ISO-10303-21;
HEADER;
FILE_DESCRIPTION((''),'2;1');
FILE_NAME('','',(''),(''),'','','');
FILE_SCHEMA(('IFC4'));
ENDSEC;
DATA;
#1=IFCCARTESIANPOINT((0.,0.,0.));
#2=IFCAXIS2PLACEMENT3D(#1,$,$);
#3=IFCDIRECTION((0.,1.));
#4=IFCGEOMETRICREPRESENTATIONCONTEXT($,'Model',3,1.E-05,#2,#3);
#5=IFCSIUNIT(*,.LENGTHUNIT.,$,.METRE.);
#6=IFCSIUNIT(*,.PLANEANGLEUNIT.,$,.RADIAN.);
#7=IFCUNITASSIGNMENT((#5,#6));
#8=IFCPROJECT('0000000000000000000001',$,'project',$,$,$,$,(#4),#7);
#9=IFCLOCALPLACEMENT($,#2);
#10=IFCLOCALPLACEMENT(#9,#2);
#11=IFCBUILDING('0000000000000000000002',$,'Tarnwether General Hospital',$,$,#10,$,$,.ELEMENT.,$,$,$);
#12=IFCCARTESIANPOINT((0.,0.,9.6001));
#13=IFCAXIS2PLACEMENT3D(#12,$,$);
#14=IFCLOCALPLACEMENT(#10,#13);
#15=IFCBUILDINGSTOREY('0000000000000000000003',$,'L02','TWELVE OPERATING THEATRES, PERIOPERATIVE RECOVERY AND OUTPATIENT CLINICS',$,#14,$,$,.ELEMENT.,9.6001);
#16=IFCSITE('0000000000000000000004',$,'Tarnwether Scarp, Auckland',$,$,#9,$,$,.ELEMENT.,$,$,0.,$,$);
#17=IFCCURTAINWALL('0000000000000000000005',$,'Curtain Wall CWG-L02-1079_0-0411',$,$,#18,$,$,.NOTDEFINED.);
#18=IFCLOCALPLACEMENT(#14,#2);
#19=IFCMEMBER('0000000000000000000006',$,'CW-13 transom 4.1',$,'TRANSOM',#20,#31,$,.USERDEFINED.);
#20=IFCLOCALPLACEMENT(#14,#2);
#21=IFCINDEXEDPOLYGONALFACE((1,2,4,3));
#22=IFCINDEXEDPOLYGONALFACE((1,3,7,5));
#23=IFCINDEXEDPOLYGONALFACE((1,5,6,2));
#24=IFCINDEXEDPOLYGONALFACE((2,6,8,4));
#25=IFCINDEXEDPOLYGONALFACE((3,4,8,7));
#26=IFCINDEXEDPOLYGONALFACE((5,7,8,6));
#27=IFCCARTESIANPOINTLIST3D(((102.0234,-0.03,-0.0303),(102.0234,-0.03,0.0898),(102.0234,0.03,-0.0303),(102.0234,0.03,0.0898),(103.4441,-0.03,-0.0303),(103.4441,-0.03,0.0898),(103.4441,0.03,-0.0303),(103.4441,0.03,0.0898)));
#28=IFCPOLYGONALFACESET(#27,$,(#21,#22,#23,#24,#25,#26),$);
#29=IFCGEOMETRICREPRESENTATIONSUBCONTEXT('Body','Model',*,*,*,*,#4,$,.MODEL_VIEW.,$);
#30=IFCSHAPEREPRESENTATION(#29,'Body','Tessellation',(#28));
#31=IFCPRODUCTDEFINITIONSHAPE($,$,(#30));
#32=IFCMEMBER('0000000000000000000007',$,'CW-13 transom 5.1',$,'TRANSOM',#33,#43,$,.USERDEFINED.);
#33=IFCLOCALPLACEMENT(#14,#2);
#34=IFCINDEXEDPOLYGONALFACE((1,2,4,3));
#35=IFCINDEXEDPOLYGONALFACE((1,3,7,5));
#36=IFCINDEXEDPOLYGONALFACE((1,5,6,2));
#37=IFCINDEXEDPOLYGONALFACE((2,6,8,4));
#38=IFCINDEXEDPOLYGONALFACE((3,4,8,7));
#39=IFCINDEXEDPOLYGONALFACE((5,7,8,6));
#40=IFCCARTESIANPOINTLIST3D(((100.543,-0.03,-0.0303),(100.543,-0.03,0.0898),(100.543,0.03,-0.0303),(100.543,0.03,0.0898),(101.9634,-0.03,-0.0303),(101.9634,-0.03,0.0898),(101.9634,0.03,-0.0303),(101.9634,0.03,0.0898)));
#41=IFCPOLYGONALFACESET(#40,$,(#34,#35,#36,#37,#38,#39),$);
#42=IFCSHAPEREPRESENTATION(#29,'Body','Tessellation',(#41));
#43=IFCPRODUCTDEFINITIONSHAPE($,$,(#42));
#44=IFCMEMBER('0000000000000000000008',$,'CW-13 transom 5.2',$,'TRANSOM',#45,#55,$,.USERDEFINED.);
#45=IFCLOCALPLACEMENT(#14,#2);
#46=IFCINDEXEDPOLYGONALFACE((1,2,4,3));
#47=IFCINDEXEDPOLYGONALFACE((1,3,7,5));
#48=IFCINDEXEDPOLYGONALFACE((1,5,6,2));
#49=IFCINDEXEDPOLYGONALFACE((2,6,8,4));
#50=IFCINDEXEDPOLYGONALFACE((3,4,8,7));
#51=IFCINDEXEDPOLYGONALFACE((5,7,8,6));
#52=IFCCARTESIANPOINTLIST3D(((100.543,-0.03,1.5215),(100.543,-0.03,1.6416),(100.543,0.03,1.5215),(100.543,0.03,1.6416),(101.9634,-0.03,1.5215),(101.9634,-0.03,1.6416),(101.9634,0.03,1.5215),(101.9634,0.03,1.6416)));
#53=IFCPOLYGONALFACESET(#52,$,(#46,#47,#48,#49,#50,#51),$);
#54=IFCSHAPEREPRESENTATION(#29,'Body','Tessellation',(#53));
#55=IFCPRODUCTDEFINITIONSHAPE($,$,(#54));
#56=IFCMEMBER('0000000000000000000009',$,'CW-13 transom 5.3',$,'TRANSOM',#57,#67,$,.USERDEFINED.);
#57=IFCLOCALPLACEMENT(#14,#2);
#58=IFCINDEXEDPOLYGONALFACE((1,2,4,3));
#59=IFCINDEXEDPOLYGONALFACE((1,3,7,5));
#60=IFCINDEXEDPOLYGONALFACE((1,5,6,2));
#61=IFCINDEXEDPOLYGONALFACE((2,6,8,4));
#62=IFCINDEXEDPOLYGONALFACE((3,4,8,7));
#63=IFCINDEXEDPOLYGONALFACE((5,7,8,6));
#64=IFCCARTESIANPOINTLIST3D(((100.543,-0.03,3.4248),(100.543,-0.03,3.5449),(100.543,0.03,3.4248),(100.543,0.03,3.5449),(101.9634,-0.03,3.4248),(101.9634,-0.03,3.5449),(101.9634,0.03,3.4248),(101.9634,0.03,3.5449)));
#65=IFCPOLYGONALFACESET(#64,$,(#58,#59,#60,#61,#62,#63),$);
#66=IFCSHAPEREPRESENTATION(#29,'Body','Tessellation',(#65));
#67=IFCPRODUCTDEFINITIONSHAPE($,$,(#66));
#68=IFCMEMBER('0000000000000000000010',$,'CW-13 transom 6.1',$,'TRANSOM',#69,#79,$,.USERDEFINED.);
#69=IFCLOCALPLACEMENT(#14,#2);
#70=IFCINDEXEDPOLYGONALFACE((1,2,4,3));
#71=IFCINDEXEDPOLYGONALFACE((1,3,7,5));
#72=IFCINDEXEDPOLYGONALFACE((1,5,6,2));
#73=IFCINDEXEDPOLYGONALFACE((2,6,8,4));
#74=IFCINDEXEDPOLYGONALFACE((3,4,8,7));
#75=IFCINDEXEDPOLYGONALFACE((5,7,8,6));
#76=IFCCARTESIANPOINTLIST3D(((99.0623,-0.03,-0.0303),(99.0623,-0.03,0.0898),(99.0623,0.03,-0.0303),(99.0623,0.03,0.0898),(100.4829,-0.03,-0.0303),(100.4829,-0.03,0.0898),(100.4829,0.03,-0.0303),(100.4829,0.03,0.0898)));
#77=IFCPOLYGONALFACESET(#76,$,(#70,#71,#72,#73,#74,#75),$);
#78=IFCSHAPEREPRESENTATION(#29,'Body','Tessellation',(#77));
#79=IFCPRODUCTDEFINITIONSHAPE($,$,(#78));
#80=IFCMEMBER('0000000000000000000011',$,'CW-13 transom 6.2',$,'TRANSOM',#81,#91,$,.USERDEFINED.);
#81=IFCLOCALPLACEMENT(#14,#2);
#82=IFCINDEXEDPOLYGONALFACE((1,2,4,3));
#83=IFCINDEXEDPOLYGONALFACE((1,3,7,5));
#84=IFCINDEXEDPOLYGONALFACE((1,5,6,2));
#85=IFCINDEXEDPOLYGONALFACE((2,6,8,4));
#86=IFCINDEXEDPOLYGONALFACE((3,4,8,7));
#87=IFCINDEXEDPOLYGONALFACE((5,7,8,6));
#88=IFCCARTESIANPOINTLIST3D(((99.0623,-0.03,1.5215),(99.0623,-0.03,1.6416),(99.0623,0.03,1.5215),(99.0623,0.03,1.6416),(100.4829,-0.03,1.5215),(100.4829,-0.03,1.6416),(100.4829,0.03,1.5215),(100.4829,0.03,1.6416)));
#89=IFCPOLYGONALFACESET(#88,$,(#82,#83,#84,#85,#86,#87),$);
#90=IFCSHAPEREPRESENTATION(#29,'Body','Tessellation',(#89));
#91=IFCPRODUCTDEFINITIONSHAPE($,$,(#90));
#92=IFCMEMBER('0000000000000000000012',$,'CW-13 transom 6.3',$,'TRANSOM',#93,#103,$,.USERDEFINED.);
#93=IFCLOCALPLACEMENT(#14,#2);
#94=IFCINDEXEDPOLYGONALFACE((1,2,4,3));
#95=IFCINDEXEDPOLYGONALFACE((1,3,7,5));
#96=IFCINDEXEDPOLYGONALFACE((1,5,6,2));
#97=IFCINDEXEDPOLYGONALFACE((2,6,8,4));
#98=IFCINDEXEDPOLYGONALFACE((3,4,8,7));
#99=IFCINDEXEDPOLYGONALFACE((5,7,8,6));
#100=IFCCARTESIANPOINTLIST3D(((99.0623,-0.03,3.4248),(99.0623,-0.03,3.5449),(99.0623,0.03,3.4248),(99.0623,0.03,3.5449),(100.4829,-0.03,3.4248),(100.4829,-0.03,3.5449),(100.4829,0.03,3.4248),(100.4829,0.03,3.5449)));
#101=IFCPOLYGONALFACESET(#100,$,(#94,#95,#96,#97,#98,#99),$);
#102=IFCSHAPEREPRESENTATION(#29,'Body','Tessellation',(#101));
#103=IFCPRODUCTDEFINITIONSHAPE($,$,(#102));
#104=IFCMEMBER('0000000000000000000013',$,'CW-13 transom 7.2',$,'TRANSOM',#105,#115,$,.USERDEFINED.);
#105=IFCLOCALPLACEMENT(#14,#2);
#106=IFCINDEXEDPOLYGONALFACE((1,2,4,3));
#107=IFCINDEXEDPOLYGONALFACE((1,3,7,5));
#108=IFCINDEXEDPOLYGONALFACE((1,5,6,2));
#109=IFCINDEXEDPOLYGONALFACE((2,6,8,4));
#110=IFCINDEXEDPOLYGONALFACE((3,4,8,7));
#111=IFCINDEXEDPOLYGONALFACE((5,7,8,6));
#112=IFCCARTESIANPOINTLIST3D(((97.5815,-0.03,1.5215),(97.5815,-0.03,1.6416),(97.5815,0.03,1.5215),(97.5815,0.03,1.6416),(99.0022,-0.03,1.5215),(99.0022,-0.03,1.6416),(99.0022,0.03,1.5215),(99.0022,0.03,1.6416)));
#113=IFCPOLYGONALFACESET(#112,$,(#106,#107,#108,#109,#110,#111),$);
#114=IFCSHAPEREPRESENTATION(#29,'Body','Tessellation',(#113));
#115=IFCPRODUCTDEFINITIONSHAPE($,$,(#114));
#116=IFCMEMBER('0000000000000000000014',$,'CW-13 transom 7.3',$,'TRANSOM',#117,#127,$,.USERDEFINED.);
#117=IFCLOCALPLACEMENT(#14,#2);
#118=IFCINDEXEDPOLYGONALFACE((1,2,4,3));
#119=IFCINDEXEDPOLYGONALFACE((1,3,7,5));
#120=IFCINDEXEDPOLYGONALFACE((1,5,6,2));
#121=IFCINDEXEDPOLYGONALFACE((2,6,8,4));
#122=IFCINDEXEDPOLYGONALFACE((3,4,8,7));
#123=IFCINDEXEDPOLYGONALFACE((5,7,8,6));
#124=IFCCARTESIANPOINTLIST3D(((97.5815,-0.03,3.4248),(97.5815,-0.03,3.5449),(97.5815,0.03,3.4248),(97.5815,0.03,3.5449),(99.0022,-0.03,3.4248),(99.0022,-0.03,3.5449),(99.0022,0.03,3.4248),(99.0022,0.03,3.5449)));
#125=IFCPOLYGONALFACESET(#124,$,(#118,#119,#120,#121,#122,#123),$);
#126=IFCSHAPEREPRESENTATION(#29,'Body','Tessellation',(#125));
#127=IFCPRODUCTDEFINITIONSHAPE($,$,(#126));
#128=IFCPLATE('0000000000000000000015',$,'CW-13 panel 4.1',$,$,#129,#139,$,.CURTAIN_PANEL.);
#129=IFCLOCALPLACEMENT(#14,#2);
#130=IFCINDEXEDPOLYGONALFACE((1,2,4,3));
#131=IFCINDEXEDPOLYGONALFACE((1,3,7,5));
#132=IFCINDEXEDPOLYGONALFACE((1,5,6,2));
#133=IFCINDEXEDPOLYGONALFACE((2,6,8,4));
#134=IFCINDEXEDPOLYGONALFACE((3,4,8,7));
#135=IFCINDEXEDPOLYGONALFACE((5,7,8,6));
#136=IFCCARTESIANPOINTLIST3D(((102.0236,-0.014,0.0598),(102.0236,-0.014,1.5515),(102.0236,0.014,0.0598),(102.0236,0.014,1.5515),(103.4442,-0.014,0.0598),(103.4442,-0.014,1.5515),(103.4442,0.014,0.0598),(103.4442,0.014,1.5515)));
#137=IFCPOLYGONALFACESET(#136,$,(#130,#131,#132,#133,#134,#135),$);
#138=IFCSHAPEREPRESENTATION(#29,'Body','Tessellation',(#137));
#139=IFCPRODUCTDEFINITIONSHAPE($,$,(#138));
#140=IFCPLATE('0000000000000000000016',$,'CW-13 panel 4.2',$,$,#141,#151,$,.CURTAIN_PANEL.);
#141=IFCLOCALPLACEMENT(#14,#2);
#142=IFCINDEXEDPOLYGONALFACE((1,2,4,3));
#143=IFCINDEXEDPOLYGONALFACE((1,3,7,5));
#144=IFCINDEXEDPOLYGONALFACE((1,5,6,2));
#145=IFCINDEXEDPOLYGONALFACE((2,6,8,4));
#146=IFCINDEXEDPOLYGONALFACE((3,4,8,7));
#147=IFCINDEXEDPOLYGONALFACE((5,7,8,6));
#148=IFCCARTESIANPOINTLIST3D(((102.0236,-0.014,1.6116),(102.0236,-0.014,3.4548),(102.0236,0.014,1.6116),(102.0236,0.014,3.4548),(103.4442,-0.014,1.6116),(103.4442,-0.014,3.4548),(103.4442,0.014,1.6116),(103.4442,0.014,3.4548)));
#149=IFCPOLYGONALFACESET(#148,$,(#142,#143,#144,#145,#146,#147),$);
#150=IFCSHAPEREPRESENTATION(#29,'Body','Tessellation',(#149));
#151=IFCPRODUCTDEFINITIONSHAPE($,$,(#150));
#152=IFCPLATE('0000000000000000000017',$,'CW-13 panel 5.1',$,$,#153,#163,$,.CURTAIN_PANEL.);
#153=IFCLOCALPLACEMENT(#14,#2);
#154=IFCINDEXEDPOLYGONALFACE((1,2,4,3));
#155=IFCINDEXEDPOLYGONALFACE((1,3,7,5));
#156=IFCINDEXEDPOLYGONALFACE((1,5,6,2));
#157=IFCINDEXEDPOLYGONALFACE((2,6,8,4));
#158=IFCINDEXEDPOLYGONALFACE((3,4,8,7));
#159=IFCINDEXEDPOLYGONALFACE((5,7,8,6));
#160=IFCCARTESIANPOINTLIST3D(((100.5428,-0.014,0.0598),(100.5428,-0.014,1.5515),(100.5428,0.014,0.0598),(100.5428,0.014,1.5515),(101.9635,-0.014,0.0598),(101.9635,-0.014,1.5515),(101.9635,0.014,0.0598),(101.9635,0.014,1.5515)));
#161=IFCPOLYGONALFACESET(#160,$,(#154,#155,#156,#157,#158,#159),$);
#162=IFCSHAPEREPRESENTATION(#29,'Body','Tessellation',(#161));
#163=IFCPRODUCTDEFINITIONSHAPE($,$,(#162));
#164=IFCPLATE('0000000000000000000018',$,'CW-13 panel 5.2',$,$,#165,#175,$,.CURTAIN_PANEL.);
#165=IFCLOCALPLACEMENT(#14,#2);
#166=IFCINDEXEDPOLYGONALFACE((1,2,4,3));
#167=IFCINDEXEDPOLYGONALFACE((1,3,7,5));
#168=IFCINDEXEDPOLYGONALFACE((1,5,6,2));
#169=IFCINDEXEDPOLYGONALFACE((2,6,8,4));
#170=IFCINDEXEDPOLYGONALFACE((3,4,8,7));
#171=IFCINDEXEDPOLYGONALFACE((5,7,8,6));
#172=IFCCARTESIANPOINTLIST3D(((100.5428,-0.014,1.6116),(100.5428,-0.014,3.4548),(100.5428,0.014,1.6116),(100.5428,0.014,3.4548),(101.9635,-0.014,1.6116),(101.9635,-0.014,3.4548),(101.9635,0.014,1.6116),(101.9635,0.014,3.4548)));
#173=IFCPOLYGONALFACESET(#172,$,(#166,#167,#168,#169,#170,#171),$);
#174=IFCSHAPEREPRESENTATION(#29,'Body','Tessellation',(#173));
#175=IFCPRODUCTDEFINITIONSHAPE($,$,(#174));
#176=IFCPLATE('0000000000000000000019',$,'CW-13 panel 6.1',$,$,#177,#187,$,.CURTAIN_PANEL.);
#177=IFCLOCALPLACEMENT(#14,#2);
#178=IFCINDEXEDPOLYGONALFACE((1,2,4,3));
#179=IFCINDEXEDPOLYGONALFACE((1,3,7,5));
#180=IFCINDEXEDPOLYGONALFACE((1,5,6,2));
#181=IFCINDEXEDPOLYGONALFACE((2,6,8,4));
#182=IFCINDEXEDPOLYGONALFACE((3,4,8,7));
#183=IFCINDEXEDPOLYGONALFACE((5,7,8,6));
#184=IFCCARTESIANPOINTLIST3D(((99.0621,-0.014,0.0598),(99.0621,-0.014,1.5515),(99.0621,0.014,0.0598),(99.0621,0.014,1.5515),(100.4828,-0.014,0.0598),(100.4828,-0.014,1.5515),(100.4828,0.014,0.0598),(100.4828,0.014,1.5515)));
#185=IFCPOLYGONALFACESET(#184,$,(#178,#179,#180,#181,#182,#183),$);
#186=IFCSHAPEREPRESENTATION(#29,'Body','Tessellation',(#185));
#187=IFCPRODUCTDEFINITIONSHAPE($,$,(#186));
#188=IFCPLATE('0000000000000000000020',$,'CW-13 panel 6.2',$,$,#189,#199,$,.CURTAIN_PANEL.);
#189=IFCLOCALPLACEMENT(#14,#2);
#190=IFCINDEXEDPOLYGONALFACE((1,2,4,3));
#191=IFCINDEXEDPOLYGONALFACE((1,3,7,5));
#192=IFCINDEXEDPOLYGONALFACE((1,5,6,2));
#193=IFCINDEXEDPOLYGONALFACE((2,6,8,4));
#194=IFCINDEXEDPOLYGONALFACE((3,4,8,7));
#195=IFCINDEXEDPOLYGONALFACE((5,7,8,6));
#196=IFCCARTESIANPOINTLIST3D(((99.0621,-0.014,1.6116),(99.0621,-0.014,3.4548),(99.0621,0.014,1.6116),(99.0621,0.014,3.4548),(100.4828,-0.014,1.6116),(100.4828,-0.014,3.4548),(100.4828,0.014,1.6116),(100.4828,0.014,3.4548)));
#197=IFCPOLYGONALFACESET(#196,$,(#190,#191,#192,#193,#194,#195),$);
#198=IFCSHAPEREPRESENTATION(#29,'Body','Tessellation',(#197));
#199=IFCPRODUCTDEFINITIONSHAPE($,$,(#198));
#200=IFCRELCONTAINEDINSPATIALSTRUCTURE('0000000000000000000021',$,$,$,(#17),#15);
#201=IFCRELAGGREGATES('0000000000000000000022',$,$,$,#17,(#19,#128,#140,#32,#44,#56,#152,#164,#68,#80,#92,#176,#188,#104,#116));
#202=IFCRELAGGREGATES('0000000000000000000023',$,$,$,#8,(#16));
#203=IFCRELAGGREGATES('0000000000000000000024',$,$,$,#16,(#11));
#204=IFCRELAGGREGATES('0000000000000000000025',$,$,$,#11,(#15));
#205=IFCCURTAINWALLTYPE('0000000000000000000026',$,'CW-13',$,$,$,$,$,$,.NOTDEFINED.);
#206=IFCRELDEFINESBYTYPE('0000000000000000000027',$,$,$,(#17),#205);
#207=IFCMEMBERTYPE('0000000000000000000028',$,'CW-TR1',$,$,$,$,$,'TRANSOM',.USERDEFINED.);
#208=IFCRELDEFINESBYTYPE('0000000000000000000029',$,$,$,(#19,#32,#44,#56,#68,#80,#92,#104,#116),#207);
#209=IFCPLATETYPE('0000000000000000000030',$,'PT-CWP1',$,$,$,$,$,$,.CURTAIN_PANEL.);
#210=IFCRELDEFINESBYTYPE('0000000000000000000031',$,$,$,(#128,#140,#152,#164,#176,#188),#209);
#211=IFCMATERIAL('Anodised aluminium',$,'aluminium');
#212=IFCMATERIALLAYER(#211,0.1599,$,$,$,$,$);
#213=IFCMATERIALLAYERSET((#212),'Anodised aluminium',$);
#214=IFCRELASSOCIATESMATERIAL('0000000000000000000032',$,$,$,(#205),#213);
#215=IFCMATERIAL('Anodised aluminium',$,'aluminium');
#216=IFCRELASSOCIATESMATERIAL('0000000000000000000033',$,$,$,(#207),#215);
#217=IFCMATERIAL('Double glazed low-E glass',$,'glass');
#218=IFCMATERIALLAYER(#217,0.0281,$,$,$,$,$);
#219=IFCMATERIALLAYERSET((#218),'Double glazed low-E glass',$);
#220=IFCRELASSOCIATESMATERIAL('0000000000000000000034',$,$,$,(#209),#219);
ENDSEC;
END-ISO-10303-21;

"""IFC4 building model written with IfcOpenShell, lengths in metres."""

from ifc_helpers import new_model, si_unit, direction, frame, origin, origin_2d, place, context, subcontext, project, spatial, rectangle, extrude, material, layer, layer_set, material_profile, profile_set, type_object, element, aggregate, save


model = new_model("IFC4")

# Units and contexts
model_context = context("Model", 3, precision=1e-05, world=origin(), true_north=direction((0.0, 1.0)))
body_context = subcontext(model_context, "Body", "Model", "MODEL_VIEW")
ifc_project = project(units=[si_unit("LENGTHUNIT", "METRE"), si_unit("PLANEANGLEUNIT", "RADIAN")], contexts=[model_context])

# Site, building, storey
site_placement = place(None, origin())
site = spatial("IfcSite", under=ifc_project, at=site_placement, Name="Tarnwether Scarp, Auckland", CompositionType="ELEMENT", RefElevation=0.0)
building_placement = place(site_placement, origin())
building = spatial("IfcBuilding", under=site, at=building_placement, Name="Tarnwether General Hospital", CompositionType="ELEMENT")
storey_placement = place(building_placement, frame((0.0, 0.0, 9.6001)))
storey = spatial("IfcBuildingStorey", under=building, at=storey_placement, Name="L02", Description="TWELVE OPERATING THEATRES, PERIOPERATIVE RECOVERY AND OUTPATIENT CLINICS", CompositionType="ELEMENT", Elevation=9.6001)

# Curtain wall, members, plates
ifc_material_1 = material(Name="Anodised aluminium", Category="aluminium")
ifc_layer_1 = layer(ifc_material_1, 0.1599)
ifc_layer_set_1 = layer_set([ifc_layer_1], Name="Anodised aluminium")
curtain_wall_type = type_object("IfcCurtainWallType", Name="CW-13", PredefinedType="NOTDEFINED", material=ifc_layer_set_1)
curtain_wall_placement = place(storey_placement, origin())
curtain_wall = element("IfcCurtainWall", 1, at=curtain_wall_placement, inside=storey, type_object=curtain_wall_type, Name="Curtain Wall CWG-L02-1079_0-0411", PredefinedType="NOTDEFINED")
ifc_material_2 = material(Name="Anodised aluminium", Category="aluminium")
ifc_material_profile_1 = material_profile(ifc_material_2, rectangle(XDim=0.0601, YDim=0.1201, at=origin_2d()), Name="ALU-TRN-60x120")
ifc_profile_set_1 = profile_set([ifc_material_profile_1], Name="Anodised aluminium")
member_type_1 = type_object("IfcMemberType", Name="CW-TR1", ElementType="TRANSOM", PredefinedType="USERDEFINED", material=ifc_profile_set_1)
member_1_placement = place(storey_placement, frame((103.4441, 0.0, 0.0298), z_axis=(-1.0, 0.0, 0.0), x_axis=(0.0, -1.0, 0.0)))
member_1 = element("IfcMember", 2, at=member_1_placement, type_object=member_type_1, Name="CW-13 transom 4.1", ObjectType="TRANSOM", PredefinedType="USERDEFINED", context=body_context, shape_type="SweptSolid", body=[
    extrude(rectangle(XDim=0.0601, YDim=0.1201, at=origin_2d()), origin(), (0.0, 0.0, 1.0), 1.4207),
])
member_2_placement = place(storey_placement, frame((101.9634, 0.0, 0.0298), z_axis=(-1.0, 0.0, 0.0), x_axis=(0.0, -1.0, 0.0)))
member_2 = element("IfcMember", 3, at=member_2_placement, type_object=member_type_1, Name="CW-13 transom 5.1", ObjectType="TRANSOM", PredefinedType="USERDEFINED", context=body_context, shape_type="SweptSolid", body=[
    extrude(rectangle(XDim=0.0601, YDim=0.1201, at=origin_2d()), origin(), (0.0, 0.0, 1.0), 1.4204),
])
member_3_placement = place(storey_placement, frame((101.9634, 0.0, 1.5815), z_axis=(-1.0, 0.0, 0.0), x_axis=(0.0, -1.0, 0.0)))
member_3 = element("IfcMember", 4, at=member_3_placement, type_object=member_type_1, Name="CW-13 transom 5.2", ObjectType="TRANSOM", PredefinedType="USERDEFINED", context=body_context, shape_type="SweptSolid", body=[
    extrude(rectangle(XDim=0.0601, YDim=0.1201, at=origin_2d()), origin(), (0.0, 0.0, 1.0), 1.4204),
])
member_4_placement = place(storey_placement, frame((101.9634, 0.0, 3.4849), z_axis=(-1.0, 0.0, 0.0), x_axis=(0.0, -1.0, 0.0)))
member_4 = element("IfcMember", 5, at=member_4_placement, type_object=member_type_1, Name="CW-13 transom 5.3", ObjectType="TRANSOM", PredefinedType="USERDEFINED", context=body_context, shape_type="SweptSolid", body=[
    extrude(rectangle(XDim=0.0601, YDim=0.1201, at=origin_2d()), origin(), (0.0, 0.0, 1.0), 1.4204),
])
member_5_placement = place(storey_placement, frame((100.4829, 0.0, 0.0298), z_axis=(-1.0, 0.0, 0.0), x_axis=(0.0, -1.0, 0.0)))
member_5 = element("IfcMember", 6, at=member_5_placement, type_object=member_type_1, Name="CW-13 transom 6.1", ObjectType="TRANSOM", PredefinedType="USERDEFINED", context=body_context, shape_type="SweptSolid", body=[
    extrude(rectangle(XDim=0.0601, YDim=0.1201, at=origin_2d()), origin(), (0.0, 0.0, 1.0), 1.4207),
])
member_6_placement = place(storey_placement, frame((100.4829, 0.0, 1.5815), z_axis=(-1.0, 0.0, 0.0), x_axis=(0.0, -1.0, 0.0)))
member_6 = element("IfcMember", 7, at=member_6_placement, type_object=member_type_1, Name="CW-13 transom 6.2", ObjectType="TRANSOM", PredefinedType="USERDEFINED", context=body_context, shape_type="SweptSolid", body=[
    extrude(rectangle(XDim=0.0601, YDim=0.1201, at=origin_2d()), origin(), (0.0, 0.0, 1.0), 1.4207),
])
member_7_placement = place(storey_placement, frame((100.4829, 0.0, 3.4849), z_axis=(-1.0, 0.0, 0.0), x_axis=(0.0, -1.0, 0.0)))
member_7 = element("IfcMember", 8, at=member_7_placement, type_object=member_type_1, Name="CW-13 transom 6.3", ObjectType="TRANSOM", PredefinedType="USERDEFINED", context=body_context, shape_type="SweptSolid", body=[
    extrude(rectangle(XDim=0.0601, YDim=0.1201, at=origin_2d()), origin(), (0.0, 0.0, 1.0), 1.4207),
])
member_8_placement = place(storey_placement, frame((99.0022, 0.0, 1.5815), z_axis=(-1.0, 0.0, 0.0), x_axis=(0.0, -1.0, 0.0)))
member_8 = element("IfcMember", 9, at=member_8_placement, type_object=member_type_1, Name="CW-13 transom 7.2", ObjectType="TRANSOM", PredefinedType="USERDEFINED", context=body_context, shape_type="SweptSolid", body=[
    extrude(rectangle(XDim=0.0601, YDim=0.1201, at=origin_2d()), origin(), (0.0, 0.0, 1.0), 1.4207),
])
member_9_placement = place(storey_placement, frame((99.0022, 0.0, 3.4849), z_axis=(-1.0, 0.0, 0.0), x_axis=(0.0, -1.0, 0.0)))
member_9 = element("IfcMember", 10, at=member_9_placement, type_object=member_type_1, Name="CW-13 transom 7.3", ObjectType="TRANSOM", PredefinedType="USERDEFINED", context=body_context, shape_type="SweptSolid", body=[
    extrude(rectangle(XDim=0.0601, YDim=0.1201, at=origin_2d()), origin(), (0.0, 0.0, 1.0), 1.4207),
])
ifc_material_3 = material(Name="Double glazed low-E glass", Category="glass")
ifc_layer_2 = layer(ifc_material_3, 0.0281)
ifc_layer_set_2 = layer_set([ifc_layer_2], Name="Double glazed low-E glass")
plate_type_1 = type_object("IfcPlateType", Name="PT-CWP1", PredefinedType="CURTAIN_PANEL", material=ifc_layer_set_2)
plate_1_placement = place(storey_placement, frame((102.7339, 0.0, 0.0598), z_axis=(0.0, 0.0, 1.0), x_axis=(-1.0, 0.0, 0.0)))
plate_1 = element("IfcPlate", 11, at=plate_1_placement, type_object=plate_type_1, Name="CW-13 panel 4.1", PredefinedType="CURTAIN_PANEL", context=body_context, shape_type="SweptSolid", body=[
    extrude(rectangle(XDim=1.4207, YDim=0.0281, at=origin_2d()), origin(), (0.0, 0.0, 1.0), 1.4917),
])
plate_2_placement = place(storey_placement, frame((102.7339, 0.0, 1.6116), z_axis=(0.0, 0.0, 1.0), x_axis=(-1.0, 0.0, 0.0)))
plate_2 = element("IfcPlate", 12, at=plate_2_placement, type_object=plate_type_1, Name="CW-13 panel 4.2", PredefinedType="CURTAIN_PANEL", context=body_context, shape_type="SweptSolid", body=[
    extrude(rectangle(XDim=1.4207, YDim=0.0281, at=origin_2d()), origin(), (0.0, 0.0, 1.0), 1.8433),
])
plate_3_placement = place(storey_placement, frame((101.2532, 0.0, 0.0598), z_axis=(0.0, 0.0, 1.0), x_axis=(-1.0, 0.0, 0.0)))
plate_3 = element("IfcPlate", 13, at=plate_3_placement, type_object=plate_type_1, Name="CW-13 panel 5.1", PredefinedType="CURTAIN_PANEL", context=body_context, shape_type="SweptSolid", body=[
    extrude(rectangle(XDim=1.4207, YDim=0.0281, at=origin_2d()), origin(), (0.0, 0.0, 1.0), 1.4917),
])
plate_4_placement = place(storey_placement, frame((101.2532, 0.0, 1.6116), z_axis=(0.0, 0.0, 1.0), x_axis=(-1.0, 0.0, 0.0)))
plate_4 = element("IfcPlate", 14, at=plate_4_placement, type_object=plate_type_1, Name="CW-13 panel 5.2", PredefinedType="CURTAIN_PANEL", context=body_context, shape_type="SweptSolid", body=[
    extrude(rectangle(XDim=1.4207, YDim=0.0281, at=origin_2d()), origin(), (0.0, 0.0, 1.0), 1.8433),
])
plate_5_placement = place(storey_placement, frame((99.7725, 0.0, 0.0598), z_axis=(0.0, 0.0, 1.0), x_axis=(-1.0, 0.0, 0.0)))
plate_5 = element("IfcPlate", 15, at=plate_5_placement, type_object=plate_type_1, Name="CW-13 panel 6.1", PredefinedType="CURTAIN_PANEL", context=body_context, shape_type="SweptSolid", body=[
    extrude(rectangle(XDim=1.4207, YDim=0.0281, at=origin_2d()), origin(), (0.0, 0.0, 1.0), 1.4917),
])
plate_6_placement = place(storey_placement, frame((99.7725, 0.0, 1.6116), z_axis=(0.0, 0.0, 1.0), x_axis=(-1.0, 0.0, 0.0)))
plate_6 = element("IfcPlate", 16, at=plate_6_placement, type_object=plate_type_1, Name="CW-13 panel 6.2", PredefinedType="CURTAIN_PANEL", context=body_context, shape_type="SweptSolid", body=[
    extrude(rectangle(XDim=1.4207, YDim=0.0281, at=origin_2d()), origin(), (0.0, 0.0, 1.0), 1.8433),
])
aggregate(curtain_wall, [member_1, plate_1, plate_2, member_2, member_3, member_4, plate_3, plate_4, member_5, member_6, member_7, plate_5, plate_6, member_8, member_9])

save(model, "model.ifc")
